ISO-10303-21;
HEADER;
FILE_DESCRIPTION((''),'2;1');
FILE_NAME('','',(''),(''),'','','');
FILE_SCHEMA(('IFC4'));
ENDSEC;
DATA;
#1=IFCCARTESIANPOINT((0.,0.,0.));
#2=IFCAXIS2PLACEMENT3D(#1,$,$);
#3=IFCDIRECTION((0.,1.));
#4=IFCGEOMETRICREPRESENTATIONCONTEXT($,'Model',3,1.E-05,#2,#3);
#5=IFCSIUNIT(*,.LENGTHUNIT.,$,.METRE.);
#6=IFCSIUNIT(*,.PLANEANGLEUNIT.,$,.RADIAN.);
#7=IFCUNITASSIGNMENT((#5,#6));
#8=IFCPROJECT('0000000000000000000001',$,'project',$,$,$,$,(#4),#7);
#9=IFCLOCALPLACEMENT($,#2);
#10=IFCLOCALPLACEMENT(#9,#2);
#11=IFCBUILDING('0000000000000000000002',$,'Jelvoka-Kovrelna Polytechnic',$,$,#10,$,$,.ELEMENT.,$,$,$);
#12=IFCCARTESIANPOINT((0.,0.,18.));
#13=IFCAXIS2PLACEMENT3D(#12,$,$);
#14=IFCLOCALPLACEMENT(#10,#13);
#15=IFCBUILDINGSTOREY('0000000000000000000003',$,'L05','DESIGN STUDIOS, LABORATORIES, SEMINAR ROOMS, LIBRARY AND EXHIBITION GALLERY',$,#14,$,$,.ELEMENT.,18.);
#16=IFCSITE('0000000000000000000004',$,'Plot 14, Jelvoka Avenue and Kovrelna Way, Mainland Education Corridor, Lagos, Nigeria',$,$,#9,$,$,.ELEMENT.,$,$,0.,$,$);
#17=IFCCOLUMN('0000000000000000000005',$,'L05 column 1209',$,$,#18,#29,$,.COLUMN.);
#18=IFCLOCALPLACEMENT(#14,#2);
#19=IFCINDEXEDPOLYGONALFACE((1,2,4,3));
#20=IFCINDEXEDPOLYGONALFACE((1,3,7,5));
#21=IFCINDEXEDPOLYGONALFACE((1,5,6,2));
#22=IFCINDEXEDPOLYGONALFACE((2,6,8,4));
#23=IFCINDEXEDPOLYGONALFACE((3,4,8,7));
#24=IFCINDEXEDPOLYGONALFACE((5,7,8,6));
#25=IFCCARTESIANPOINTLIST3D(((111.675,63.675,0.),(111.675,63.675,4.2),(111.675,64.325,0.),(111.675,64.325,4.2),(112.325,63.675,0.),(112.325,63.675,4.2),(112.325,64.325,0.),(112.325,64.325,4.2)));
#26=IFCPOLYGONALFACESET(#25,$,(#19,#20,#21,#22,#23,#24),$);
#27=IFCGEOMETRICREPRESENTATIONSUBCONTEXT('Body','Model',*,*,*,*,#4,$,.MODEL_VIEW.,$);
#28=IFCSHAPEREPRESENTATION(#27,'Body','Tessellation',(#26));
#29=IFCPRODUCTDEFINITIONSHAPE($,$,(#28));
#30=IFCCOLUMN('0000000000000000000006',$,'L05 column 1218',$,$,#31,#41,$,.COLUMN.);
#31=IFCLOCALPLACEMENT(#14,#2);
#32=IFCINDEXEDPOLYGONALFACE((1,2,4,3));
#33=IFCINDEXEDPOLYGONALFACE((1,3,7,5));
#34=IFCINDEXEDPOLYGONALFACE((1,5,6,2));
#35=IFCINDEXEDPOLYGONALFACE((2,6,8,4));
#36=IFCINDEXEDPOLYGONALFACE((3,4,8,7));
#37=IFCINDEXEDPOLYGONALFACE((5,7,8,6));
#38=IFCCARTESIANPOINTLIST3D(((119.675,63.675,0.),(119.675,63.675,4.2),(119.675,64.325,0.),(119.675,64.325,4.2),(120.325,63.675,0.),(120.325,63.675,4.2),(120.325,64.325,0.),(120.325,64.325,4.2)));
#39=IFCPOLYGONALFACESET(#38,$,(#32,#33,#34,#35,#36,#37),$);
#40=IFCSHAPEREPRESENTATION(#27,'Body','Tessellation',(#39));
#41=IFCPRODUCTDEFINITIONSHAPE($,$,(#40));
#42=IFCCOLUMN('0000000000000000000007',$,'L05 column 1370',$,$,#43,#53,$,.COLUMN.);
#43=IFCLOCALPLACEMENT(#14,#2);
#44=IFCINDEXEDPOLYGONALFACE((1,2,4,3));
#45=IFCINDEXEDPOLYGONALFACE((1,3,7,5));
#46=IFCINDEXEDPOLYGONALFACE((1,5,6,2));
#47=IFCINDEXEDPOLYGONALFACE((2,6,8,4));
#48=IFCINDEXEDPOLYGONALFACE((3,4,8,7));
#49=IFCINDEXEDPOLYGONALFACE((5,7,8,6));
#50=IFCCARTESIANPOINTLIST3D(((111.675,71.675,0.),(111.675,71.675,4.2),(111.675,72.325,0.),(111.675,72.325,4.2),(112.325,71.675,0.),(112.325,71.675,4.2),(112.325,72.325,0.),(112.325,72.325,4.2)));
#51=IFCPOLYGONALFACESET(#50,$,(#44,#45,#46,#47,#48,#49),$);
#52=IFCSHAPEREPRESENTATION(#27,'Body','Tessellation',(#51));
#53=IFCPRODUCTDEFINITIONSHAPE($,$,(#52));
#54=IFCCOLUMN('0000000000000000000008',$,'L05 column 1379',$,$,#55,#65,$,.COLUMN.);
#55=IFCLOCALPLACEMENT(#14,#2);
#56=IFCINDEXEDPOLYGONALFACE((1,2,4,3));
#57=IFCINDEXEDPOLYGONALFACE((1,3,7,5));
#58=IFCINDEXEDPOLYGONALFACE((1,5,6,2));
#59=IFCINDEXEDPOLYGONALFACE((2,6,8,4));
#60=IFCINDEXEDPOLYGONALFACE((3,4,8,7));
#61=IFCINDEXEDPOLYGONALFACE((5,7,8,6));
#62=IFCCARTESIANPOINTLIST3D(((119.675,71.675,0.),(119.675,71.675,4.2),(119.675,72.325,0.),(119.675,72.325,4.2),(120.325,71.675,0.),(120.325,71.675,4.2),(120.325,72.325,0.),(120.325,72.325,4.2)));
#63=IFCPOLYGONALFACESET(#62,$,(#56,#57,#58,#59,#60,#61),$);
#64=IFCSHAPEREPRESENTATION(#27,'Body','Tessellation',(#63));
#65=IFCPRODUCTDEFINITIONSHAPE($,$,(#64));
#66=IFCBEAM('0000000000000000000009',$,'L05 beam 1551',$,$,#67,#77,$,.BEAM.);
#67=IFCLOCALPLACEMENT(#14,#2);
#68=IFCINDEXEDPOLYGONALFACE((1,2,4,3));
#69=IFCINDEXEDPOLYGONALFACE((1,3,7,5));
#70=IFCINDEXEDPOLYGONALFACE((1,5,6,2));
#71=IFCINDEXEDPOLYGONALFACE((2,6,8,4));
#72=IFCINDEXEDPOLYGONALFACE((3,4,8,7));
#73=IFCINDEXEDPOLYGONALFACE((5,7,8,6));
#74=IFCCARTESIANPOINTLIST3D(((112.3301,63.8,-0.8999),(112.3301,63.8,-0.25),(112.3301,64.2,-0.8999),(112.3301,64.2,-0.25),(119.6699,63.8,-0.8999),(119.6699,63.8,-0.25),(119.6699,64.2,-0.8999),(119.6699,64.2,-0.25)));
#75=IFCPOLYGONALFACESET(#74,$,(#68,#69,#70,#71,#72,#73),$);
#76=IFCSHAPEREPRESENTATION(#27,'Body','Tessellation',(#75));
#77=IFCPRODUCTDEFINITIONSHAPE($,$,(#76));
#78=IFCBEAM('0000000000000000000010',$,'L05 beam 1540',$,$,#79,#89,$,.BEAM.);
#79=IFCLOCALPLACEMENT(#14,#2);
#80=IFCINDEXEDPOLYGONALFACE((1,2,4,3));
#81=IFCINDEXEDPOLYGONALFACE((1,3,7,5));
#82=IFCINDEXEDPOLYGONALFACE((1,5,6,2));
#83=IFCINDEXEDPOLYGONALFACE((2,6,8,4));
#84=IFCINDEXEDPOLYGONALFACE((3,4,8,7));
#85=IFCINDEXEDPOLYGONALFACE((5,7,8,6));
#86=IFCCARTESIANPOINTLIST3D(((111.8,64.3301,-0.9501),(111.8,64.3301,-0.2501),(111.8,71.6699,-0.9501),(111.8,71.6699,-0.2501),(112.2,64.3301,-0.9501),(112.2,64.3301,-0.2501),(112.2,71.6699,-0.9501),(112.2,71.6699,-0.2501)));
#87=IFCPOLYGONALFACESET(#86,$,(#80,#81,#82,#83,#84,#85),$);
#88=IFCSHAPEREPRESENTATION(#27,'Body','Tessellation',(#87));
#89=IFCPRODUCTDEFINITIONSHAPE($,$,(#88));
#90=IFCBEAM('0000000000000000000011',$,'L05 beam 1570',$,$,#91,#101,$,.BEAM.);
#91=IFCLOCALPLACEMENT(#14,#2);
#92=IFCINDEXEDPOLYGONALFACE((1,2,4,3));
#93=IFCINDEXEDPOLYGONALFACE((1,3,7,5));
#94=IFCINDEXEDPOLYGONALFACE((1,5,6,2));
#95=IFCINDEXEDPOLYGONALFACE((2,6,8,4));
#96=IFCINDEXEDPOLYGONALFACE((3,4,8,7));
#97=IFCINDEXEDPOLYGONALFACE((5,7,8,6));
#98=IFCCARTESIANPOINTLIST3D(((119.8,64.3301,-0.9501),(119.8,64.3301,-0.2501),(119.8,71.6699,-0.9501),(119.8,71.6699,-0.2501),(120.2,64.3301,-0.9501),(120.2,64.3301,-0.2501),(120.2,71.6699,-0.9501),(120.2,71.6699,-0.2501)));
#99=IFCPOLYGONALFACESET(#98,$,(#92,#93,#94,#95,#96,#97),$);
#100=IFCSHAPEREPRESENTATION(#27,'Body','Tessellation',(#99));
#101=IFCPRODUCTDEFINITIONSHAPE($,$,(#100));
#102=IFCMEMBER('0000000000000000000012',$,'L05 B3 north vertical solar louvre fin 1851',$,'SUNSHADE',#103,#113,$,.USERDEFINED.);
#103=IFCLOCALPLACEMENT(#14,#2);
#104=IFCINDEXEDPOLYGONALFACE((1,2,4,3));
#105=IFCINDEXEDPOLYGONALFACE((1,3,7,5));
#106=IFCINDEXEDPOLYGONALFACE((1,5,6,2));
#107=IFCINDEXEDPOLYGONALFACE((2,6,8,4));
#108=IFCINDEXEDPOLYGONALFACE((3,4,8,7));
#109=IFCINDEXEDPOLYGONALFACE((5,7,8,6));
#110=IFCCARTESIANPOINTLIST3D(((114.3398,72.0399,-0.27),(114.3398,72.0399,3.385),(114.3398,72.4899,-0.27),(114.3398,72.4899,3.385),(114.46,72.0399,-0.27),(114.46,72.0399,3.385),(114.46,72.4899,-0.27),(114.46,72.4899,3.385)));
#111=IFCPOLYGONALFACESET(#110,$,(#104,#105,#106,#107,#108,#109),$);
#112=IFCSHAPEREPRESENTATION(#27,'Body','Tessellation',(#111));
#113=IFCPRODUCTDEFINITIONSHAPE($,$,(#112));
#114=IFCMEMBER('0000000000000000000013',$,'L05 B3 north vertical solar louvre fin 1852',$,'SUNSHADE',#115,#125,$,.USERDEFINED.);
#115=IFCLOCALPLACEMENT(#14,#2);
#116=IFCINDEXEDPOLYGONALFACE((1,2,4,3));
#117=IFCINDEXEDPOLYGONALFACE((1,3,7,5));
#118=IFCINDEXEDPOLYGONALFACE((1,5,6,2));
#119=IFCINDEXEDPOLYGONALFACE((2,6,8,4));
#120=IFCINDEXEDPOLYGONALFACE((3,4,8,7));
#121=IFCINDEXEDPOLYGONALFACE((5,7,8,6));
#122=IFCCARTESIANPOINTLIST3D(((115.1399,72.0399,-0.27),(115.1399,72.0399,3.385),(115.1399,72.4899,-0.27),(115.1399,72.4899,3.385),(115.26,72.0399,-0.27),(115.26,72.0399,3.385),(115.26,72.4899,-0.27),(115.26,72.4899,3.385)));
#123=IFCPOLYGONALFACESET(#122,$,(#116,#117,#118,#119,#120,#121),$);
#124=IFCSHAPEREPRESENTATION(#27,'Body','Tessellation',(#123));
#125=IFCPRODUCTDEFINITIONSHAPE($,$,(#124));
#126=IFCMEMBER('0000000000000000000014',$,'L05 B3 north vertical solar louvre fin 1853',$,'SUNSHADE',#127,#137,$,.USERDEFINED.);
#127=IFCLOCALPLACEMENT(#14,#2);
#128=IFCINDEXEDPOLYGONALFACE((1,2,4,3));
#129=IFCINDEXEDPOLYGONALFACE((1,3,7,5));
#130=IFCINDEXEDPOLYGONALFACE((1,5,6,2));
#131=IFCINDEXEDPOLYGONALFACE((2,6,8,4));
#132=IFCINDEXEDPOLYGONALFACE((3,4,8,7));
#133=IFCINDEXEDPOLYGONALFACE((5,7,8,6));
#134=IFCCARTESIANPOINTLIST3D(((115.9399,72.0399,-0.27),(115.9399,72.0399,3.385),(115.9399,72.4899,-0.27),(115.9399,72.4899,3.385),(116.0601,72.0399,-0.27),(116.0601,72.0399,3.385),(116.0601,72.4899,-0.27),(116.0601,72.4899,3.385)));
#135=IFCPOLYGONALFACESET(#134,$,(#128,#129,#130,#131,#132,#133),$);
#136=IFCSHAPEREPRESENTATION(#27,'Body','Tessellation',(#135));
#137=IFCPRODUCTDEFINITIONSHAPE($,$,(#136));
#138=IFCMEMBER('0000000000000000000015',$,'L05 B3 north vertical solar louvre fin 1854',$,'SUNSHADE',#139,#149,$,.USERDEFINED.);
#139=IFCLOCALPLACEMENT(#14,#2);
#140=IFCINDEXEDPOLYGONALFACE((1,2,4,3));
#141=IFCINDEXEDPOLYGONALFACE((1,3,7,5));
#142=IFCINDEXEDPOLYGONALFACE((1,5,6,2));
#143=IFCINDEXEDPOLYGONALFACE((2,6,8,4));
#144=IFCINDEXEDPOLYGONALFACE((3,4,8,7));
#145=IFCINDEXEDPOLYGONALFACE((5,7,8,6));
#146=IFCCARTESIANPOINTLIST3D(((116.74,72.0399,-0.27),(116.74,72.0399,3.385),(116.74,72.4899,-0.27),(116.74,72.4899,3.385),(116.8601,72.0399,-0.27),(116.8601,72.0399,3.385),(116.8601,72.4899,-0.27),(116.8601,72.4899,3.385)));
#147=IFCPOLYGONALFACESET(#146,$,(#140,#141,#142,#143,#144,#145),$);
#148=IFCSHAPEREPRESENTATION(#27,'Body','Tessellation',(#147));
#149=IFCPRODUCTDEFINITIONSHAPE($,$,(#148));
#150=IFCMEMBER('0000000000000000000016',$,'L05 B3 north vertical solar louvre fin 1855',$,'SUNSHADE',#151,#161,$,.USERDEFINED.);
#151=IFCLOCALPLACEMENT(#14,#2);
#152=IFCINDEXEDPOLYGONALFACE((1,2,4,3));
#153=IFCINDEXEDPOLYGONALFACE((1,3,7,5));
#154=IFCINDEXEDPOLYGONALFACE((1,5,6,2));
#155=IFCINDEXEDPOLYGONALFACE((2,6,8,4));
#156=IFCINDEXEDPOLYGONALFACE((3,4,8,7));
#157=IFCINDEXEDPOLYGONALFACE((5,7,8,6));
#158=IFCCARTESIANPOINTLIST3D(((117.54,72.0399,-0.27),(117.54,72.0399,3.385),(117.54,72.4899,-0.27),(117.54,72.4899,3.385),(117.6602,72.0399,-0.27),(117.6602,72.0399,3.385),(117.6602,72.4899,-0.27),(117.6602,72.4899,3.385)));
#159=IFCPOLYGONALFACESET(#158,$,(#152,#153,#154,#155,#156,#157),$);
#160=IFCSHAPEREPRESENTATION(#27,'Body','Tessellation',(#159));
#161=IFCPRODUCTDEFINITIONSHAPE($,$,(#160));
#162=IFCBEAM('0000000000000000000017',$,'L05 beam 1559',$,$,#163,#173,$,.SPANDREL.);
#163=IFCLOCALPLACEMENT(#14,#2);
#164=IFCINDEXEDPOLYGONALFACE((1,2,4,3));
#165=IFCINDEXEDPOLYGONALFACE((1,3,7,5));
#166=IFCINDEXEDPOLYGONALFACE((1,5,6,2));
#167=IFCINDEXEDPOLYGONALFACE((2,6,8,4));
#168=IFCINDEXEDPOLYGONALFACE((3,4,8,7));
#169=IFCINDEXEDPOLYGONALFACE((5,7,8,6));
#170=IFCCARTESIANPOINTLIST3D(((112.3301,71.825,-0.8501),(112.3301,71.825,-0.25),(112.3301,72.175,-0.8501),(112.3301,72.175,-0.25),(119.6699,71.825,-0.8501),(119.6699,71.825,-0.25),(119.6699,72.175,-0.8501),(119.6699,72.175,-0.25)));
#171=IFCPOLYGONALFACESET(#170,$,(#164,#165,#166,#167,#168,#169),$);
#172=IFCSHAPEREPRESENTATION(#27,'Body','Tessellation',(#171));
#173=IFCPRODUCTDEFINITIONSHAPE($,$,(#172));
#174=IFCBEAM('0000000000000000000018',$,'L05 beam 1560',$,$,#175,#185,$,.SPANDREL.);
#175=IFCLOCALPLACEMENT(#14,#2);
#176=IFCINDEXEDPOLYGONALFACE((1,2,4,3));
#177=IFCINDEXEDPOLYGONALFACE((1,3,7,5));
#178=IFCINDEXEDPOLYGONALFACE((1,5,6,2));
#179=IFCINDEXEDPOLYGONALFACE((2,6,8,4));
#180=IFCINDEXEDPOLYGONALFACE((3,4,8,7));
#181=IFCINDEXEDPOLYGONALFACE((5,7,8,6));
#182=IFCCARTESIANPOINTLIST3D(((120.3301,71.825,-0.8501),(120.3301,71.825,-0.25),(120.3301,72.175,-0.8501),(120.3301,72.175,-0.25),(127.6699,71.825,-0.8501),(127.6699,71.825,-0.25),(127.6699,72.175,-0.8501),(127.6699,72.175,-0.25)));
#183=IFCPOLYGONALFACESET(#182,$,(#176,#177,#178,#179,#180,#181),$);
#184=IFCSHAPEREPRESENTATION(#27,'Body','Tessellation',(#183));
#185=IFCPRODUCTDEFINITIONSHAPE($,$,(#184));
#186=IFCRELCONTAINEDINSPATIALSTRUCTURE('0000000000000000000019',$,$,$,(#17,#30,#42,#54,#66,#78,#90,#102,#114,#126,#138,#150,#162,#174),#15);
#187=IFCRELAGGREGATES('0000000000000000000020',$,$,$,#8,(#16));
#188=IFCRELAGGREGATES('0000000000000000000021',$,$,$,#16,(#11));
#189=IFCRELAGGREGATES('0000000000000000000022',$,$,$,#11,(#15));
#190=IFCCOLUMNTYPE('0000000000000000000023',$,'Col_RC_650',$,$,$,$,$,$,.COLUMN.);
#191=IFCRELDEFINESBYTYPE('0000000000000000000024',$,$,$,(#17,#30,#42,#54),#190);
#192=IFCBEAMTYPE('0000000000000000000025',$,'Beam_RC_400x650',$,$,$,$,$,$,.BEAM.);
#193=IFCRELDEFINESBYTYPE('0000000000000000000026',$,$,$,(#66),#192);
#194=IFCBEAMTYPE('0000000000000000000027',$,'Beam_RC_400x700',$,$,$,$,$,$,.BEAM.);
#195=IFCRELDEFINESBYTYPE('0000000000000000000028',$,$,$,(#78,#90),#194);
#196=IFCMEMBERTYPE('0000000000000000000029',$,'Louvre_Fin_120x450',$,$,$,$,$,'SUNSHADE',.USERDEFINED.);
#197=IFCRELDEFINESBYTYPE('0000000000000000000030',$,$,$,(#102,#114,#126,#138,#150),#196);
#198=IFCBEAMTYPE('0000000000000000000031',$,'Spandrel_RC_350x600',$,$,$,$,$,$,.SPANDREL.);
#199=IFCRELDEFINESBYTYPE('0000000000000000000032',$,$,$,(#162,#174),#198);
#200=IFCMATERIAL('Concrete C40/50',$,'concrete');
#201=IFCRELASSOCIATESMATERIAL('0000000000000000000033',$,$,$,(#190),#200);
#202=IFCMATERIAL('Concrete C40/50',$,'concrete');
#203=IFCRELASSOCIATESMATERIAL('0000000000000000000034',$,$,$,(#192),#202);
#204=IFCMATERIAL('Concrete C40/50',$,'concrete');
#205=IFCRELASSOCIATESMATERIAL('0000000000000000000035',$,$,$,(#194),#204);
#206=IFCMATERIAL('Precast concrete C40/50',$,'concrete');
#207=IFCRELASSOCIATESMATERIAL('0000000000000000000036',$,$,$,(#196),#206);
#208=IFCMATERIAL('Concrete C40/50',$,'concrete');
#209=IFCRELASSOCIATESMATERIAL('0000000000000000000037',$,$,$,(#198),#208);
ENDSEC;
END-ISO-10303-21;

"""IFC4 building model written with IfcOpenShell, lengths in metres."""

from ifc_helpers import new_model, si_unit, direction, frame, origin, origin_2d, place, context, subcontext, project, spatial, rectangle, extrude, material, material_profile, profile_set, type_object, element, save


model = new_model("IFC4")

# Units and contexts
model_context = context("Model", 3, precision=1e-05, world=origin(), true_north=direction((0.0, 1.0)))
body_context = subcontext(model_context, "Body", "Model", "MODEL_VIEW")
ifc_project = project(units=[si_unit("LENGTHUNIT", "METRE"), si_unit("PLANEANGLEUNIT", "RADIAN")], contexts=[model_context])

# Site, building, storey
site_placement = place(None, origin())
site = spatial("IfcSite", under=ifc_project, at=site_placement, Name="Plot 14, Jelvoka Avenue and Kovrelna Way, Mainland Education Corridor, Lagos, Nigeria", CompositionType="ELEMENT", RefElevation=0.0)
building_placement = place(site_placement, origin())
building = spatial("IfcBuilding", under=site, at=building_placement, Name="Jelvoka-Kovrelna Polytechnic", CompositionType="ELEMENT")
storey_placement = place(building_placement, frame((0.0, 0.0, 18.0)))
storey = spatial("IfcBuildingStorey", under=building, at=storey_placement, Name="L05", Description="DESIGN STUDIOS, LABORATORIES, SEMINAR ROOMS, LIBRARY AND EXHIBITION GALLERY", CompositionType="ELEMENT", Elevation=18.0)

# Columns
ifc_material_1 = material(Name="Concrete C40/50", Category="concrete")
ifc_material_profile_1 = material_profile(ifc_material_1, rectangle(XDim=0.6499, YDim=0.6499, at=origin_2d()), Name="RC 650x650")
ifc_profile_set_1 = profile_set([ifc_material_profile_1], Name="Concrete C40/50")
column_type = type_object("IfcColumnType", Name="Col_RC_650", PredefinedType="COLUMN", material=ifc_profile_set_1)
for number, where, z_axis, x_axis, name in (
    (1, (112.0, 64.0, 0.0), (0.0, 0.0, 1.0), (1.0, 0.0, 0.0), "L05 column 1209"),
    (2, (120.0, 64.0, 0.0), (0.0, 0.0, 1.0), (1.0, 0.0, 0.0), "L05 column 1218"),
    (3, (112.0, 72.0, 0.0), (0.0, 0.0, 1.0), (1.0, 0.0, 0.0), "L05 column 1370"),
    (4, (120.0, 72.0, 0.0), (0.0, 0.0, 1.0), (1.0, 0.0, 0.0), "L05 column 1379"),
):
    element("IfcColumn", number, at=place(storey_placement, frame(where, z_axis=z_axis, x_axis=x_axis)), inside=storey, type_object=column_type, Name=name, PredefinedType="COLUMN", context=body_context, shape_type="SweptSolid", body=[
        extrude(rectangle(XDim=0.6499, YDim=0.6499, at=origin_2d()), origin(), (0.0, 0.0, 1.0), 4.2),
    ])

# Beams
ifc_material_2 = material(Name="Concrete C40/50", Category="concrete")
ifc_material_profile_2 = material_profile(ifc_material_2, rectangle(XDim=0.3999, YDim=0.6499, at=origin_2d()), Name="RC 400x650")
ifc_profile_set_2 = profile_set([ifc_material_profile_2], Name="Concrete C40/50")
beam_type_1 = type_object("IfcBeamType", Name="Beam_RC_400x650", PredefinedType="BEAM", material=ifc_profile_set_2)
beam_placement = place(storey_placement, frame((112.3301, 64.0, -0.575), z_axis=(1.0, 0.0, 0.0), x_axis=(0.0, 1.0, 0.0)))
element("IfcBeam", 5, at=beam_placement, inside=storey, type_object=beam_type_1, Name="L05 beam 1551", PredefinedType="BEAM", context=body_context, shape_type="SweptSolid", body=[
    extrude(rectangle(XDim=0.3999, YDim=0.6499, at=origin_2d()), origin(), (0.0, 0.0, 1.0), 7.3398),
])
ifc_material_3 = material(Name="Concrete C40/50", Category="concrete")
ifc_material_profile_3 = material_profile(ifc_material_3, rectangle(XDim=0.3999, YDim=0.7, at=origin_2d()), Name="RC 400x700")
ifc_profile_set_3 = profile_set([ifc_material_profile_3], Name="Concrete C40/50")
beam_type_2 = type_object("IfcBeamType", Name="Beam_RC_400x700", PredefinedType="BEAM", material=ifc_profile_set_3)
for number, where, z_axis, x_axis, name in (
    (6, (112.0, 64.3301, -0.6001), (0.0, 1.0, 0.0), (-1.0, 0.0, 0.0), "L05 beam 1540"),
    (7, (120.0, 64.3301, -0.6001), (0.0, 1.0, 0.0), (-1.0, 0.0, 0.0), "L05 beam 1570"),
):
    element("IfcBeam", number, at=place(storey_placement, frame(where, z_axis=z_axis, x_axis=x_axis)), inside=storey, type_object=beam_type_2, Name=name, PredefinedType="BEAM", context=body_context, shape_type="SweptSolid", body=[
        extrude(rectangle(XDim=0.3999, YDim=0.7, at=origin_2d()), origin(), (0.0, 0.0, 1.0), 7.3398),
    ])

# Members
ifc_material_4 = material(Name="Precast concrete C40/50", Category="concrete")
ifc_material_profile_4 = material_profile(ifc_material_4, rectangle(XDim=0.1201, YDim=0.45, at=origin_2d()), Name="PC 120x450")
ifc_profile_set_4 = profile_set([ifc_material_profile_4], Name="Precast concrete C40/50")
member_type = type_object("IfcMemberType", Name="Louvre_Fin_120x450", ElementType="SUNSHADE", PredefinedType="USERDEFINED", material=ifc_profile_set_4)
for number, where, z_axis, x_axis, name in (
    (8, (114.3999, 72.2649, -0.27), (0.0, 0.0, 1.0), (1.0, 0.0, 0.0), "L05 B3 north vertical solar louvre fin 1851"),
    (9, (115.2, 72.2649, -0.27), (0.0, 0.0, 1.0), (1.0, 0.0, 0.0), "L05 B3 north vertical solar louvre fin 1852"),
    (10, (116.0, 72.2649, -0.27), (0.0, 0.0, 1.0), (1.0, 0.0, 0.0), "L05 B3 north vertical solar louvre fin 1853"),
    (11, (116.8, 72.2649, -0.27), (0.0, 0.0, 1.0), (1.0, 0.0, 0.0), "L05 B3 north vertical solar louvre fin 1854"),
    (12, (117.6001, 72.2649, -0.27), (0.0, 0.0, 1.0), (1.0, 0.0, 0.0), "L05 B3 north vertical solar louvre fin 1855"),
):
    element("IfcMember", number, at=place(storey_placement, frame(where, z_axis=z_axis, x_axis=x_axis)), inside=storey, type_object=member_type, Name=name, ObjectType="SUNSHADE", PredefinedType="USERDEFINED", context=body_context, shape_type="SweptSolid", body=[
        extrude(rectangle(XDim=0.1201, YDim=0.45, at=origin_2d()), origin(), (0.0, 0.0, 1.0), 3.655),
    ])

# Beams
ifc_material_5 = material(Name="Concrete C40/50", Category="concrete")
ifc_material_profile_5 = material_profile(ifc_material_5, rectangle(XDim=0.3501, YDim=0.6001, at=origin_2d()), Name="RC 350x600")
ifc_profile_set_5 = profile_set([ifc_material_profile_5], Name="Concrete C40/50")
beam_type_3 = type_object("IfcBeamType", Name="Spandrel_RC_350x600", PredefinedType="SPANDREL", material=ifc_profile_set_5)
for number, where, z_axis, x_axis, name in (
    (13, (112.3301, 72.0, -0.55), (1.0, 0.0, 0.0), (0.0, 1.0, 0.0), "L05 beam 1559"),
    (14, (120.3301, 72.0, -0.55), (1.0, 0.0, 0.0), (0.0, 1.0, 0.0), "L05 beam 1560"),
):
    element("IfcBeam", number, at=place(storey_placement, frame(where, z_axis=z_axis, x_axis=x_axis)), inside=storey, type_object=beam_type_3, Name=name, PredefinedType="SPANDREL", context=body_context, shape_type="SweptSolid", body=[
        extrude(rectangle(XDim=0.3501, YDim=0.6001, at=origin_2d()), origin(), (0.0, 0.0, 1.0), 7.3398),
    ])

save(model, "model.ifc")
